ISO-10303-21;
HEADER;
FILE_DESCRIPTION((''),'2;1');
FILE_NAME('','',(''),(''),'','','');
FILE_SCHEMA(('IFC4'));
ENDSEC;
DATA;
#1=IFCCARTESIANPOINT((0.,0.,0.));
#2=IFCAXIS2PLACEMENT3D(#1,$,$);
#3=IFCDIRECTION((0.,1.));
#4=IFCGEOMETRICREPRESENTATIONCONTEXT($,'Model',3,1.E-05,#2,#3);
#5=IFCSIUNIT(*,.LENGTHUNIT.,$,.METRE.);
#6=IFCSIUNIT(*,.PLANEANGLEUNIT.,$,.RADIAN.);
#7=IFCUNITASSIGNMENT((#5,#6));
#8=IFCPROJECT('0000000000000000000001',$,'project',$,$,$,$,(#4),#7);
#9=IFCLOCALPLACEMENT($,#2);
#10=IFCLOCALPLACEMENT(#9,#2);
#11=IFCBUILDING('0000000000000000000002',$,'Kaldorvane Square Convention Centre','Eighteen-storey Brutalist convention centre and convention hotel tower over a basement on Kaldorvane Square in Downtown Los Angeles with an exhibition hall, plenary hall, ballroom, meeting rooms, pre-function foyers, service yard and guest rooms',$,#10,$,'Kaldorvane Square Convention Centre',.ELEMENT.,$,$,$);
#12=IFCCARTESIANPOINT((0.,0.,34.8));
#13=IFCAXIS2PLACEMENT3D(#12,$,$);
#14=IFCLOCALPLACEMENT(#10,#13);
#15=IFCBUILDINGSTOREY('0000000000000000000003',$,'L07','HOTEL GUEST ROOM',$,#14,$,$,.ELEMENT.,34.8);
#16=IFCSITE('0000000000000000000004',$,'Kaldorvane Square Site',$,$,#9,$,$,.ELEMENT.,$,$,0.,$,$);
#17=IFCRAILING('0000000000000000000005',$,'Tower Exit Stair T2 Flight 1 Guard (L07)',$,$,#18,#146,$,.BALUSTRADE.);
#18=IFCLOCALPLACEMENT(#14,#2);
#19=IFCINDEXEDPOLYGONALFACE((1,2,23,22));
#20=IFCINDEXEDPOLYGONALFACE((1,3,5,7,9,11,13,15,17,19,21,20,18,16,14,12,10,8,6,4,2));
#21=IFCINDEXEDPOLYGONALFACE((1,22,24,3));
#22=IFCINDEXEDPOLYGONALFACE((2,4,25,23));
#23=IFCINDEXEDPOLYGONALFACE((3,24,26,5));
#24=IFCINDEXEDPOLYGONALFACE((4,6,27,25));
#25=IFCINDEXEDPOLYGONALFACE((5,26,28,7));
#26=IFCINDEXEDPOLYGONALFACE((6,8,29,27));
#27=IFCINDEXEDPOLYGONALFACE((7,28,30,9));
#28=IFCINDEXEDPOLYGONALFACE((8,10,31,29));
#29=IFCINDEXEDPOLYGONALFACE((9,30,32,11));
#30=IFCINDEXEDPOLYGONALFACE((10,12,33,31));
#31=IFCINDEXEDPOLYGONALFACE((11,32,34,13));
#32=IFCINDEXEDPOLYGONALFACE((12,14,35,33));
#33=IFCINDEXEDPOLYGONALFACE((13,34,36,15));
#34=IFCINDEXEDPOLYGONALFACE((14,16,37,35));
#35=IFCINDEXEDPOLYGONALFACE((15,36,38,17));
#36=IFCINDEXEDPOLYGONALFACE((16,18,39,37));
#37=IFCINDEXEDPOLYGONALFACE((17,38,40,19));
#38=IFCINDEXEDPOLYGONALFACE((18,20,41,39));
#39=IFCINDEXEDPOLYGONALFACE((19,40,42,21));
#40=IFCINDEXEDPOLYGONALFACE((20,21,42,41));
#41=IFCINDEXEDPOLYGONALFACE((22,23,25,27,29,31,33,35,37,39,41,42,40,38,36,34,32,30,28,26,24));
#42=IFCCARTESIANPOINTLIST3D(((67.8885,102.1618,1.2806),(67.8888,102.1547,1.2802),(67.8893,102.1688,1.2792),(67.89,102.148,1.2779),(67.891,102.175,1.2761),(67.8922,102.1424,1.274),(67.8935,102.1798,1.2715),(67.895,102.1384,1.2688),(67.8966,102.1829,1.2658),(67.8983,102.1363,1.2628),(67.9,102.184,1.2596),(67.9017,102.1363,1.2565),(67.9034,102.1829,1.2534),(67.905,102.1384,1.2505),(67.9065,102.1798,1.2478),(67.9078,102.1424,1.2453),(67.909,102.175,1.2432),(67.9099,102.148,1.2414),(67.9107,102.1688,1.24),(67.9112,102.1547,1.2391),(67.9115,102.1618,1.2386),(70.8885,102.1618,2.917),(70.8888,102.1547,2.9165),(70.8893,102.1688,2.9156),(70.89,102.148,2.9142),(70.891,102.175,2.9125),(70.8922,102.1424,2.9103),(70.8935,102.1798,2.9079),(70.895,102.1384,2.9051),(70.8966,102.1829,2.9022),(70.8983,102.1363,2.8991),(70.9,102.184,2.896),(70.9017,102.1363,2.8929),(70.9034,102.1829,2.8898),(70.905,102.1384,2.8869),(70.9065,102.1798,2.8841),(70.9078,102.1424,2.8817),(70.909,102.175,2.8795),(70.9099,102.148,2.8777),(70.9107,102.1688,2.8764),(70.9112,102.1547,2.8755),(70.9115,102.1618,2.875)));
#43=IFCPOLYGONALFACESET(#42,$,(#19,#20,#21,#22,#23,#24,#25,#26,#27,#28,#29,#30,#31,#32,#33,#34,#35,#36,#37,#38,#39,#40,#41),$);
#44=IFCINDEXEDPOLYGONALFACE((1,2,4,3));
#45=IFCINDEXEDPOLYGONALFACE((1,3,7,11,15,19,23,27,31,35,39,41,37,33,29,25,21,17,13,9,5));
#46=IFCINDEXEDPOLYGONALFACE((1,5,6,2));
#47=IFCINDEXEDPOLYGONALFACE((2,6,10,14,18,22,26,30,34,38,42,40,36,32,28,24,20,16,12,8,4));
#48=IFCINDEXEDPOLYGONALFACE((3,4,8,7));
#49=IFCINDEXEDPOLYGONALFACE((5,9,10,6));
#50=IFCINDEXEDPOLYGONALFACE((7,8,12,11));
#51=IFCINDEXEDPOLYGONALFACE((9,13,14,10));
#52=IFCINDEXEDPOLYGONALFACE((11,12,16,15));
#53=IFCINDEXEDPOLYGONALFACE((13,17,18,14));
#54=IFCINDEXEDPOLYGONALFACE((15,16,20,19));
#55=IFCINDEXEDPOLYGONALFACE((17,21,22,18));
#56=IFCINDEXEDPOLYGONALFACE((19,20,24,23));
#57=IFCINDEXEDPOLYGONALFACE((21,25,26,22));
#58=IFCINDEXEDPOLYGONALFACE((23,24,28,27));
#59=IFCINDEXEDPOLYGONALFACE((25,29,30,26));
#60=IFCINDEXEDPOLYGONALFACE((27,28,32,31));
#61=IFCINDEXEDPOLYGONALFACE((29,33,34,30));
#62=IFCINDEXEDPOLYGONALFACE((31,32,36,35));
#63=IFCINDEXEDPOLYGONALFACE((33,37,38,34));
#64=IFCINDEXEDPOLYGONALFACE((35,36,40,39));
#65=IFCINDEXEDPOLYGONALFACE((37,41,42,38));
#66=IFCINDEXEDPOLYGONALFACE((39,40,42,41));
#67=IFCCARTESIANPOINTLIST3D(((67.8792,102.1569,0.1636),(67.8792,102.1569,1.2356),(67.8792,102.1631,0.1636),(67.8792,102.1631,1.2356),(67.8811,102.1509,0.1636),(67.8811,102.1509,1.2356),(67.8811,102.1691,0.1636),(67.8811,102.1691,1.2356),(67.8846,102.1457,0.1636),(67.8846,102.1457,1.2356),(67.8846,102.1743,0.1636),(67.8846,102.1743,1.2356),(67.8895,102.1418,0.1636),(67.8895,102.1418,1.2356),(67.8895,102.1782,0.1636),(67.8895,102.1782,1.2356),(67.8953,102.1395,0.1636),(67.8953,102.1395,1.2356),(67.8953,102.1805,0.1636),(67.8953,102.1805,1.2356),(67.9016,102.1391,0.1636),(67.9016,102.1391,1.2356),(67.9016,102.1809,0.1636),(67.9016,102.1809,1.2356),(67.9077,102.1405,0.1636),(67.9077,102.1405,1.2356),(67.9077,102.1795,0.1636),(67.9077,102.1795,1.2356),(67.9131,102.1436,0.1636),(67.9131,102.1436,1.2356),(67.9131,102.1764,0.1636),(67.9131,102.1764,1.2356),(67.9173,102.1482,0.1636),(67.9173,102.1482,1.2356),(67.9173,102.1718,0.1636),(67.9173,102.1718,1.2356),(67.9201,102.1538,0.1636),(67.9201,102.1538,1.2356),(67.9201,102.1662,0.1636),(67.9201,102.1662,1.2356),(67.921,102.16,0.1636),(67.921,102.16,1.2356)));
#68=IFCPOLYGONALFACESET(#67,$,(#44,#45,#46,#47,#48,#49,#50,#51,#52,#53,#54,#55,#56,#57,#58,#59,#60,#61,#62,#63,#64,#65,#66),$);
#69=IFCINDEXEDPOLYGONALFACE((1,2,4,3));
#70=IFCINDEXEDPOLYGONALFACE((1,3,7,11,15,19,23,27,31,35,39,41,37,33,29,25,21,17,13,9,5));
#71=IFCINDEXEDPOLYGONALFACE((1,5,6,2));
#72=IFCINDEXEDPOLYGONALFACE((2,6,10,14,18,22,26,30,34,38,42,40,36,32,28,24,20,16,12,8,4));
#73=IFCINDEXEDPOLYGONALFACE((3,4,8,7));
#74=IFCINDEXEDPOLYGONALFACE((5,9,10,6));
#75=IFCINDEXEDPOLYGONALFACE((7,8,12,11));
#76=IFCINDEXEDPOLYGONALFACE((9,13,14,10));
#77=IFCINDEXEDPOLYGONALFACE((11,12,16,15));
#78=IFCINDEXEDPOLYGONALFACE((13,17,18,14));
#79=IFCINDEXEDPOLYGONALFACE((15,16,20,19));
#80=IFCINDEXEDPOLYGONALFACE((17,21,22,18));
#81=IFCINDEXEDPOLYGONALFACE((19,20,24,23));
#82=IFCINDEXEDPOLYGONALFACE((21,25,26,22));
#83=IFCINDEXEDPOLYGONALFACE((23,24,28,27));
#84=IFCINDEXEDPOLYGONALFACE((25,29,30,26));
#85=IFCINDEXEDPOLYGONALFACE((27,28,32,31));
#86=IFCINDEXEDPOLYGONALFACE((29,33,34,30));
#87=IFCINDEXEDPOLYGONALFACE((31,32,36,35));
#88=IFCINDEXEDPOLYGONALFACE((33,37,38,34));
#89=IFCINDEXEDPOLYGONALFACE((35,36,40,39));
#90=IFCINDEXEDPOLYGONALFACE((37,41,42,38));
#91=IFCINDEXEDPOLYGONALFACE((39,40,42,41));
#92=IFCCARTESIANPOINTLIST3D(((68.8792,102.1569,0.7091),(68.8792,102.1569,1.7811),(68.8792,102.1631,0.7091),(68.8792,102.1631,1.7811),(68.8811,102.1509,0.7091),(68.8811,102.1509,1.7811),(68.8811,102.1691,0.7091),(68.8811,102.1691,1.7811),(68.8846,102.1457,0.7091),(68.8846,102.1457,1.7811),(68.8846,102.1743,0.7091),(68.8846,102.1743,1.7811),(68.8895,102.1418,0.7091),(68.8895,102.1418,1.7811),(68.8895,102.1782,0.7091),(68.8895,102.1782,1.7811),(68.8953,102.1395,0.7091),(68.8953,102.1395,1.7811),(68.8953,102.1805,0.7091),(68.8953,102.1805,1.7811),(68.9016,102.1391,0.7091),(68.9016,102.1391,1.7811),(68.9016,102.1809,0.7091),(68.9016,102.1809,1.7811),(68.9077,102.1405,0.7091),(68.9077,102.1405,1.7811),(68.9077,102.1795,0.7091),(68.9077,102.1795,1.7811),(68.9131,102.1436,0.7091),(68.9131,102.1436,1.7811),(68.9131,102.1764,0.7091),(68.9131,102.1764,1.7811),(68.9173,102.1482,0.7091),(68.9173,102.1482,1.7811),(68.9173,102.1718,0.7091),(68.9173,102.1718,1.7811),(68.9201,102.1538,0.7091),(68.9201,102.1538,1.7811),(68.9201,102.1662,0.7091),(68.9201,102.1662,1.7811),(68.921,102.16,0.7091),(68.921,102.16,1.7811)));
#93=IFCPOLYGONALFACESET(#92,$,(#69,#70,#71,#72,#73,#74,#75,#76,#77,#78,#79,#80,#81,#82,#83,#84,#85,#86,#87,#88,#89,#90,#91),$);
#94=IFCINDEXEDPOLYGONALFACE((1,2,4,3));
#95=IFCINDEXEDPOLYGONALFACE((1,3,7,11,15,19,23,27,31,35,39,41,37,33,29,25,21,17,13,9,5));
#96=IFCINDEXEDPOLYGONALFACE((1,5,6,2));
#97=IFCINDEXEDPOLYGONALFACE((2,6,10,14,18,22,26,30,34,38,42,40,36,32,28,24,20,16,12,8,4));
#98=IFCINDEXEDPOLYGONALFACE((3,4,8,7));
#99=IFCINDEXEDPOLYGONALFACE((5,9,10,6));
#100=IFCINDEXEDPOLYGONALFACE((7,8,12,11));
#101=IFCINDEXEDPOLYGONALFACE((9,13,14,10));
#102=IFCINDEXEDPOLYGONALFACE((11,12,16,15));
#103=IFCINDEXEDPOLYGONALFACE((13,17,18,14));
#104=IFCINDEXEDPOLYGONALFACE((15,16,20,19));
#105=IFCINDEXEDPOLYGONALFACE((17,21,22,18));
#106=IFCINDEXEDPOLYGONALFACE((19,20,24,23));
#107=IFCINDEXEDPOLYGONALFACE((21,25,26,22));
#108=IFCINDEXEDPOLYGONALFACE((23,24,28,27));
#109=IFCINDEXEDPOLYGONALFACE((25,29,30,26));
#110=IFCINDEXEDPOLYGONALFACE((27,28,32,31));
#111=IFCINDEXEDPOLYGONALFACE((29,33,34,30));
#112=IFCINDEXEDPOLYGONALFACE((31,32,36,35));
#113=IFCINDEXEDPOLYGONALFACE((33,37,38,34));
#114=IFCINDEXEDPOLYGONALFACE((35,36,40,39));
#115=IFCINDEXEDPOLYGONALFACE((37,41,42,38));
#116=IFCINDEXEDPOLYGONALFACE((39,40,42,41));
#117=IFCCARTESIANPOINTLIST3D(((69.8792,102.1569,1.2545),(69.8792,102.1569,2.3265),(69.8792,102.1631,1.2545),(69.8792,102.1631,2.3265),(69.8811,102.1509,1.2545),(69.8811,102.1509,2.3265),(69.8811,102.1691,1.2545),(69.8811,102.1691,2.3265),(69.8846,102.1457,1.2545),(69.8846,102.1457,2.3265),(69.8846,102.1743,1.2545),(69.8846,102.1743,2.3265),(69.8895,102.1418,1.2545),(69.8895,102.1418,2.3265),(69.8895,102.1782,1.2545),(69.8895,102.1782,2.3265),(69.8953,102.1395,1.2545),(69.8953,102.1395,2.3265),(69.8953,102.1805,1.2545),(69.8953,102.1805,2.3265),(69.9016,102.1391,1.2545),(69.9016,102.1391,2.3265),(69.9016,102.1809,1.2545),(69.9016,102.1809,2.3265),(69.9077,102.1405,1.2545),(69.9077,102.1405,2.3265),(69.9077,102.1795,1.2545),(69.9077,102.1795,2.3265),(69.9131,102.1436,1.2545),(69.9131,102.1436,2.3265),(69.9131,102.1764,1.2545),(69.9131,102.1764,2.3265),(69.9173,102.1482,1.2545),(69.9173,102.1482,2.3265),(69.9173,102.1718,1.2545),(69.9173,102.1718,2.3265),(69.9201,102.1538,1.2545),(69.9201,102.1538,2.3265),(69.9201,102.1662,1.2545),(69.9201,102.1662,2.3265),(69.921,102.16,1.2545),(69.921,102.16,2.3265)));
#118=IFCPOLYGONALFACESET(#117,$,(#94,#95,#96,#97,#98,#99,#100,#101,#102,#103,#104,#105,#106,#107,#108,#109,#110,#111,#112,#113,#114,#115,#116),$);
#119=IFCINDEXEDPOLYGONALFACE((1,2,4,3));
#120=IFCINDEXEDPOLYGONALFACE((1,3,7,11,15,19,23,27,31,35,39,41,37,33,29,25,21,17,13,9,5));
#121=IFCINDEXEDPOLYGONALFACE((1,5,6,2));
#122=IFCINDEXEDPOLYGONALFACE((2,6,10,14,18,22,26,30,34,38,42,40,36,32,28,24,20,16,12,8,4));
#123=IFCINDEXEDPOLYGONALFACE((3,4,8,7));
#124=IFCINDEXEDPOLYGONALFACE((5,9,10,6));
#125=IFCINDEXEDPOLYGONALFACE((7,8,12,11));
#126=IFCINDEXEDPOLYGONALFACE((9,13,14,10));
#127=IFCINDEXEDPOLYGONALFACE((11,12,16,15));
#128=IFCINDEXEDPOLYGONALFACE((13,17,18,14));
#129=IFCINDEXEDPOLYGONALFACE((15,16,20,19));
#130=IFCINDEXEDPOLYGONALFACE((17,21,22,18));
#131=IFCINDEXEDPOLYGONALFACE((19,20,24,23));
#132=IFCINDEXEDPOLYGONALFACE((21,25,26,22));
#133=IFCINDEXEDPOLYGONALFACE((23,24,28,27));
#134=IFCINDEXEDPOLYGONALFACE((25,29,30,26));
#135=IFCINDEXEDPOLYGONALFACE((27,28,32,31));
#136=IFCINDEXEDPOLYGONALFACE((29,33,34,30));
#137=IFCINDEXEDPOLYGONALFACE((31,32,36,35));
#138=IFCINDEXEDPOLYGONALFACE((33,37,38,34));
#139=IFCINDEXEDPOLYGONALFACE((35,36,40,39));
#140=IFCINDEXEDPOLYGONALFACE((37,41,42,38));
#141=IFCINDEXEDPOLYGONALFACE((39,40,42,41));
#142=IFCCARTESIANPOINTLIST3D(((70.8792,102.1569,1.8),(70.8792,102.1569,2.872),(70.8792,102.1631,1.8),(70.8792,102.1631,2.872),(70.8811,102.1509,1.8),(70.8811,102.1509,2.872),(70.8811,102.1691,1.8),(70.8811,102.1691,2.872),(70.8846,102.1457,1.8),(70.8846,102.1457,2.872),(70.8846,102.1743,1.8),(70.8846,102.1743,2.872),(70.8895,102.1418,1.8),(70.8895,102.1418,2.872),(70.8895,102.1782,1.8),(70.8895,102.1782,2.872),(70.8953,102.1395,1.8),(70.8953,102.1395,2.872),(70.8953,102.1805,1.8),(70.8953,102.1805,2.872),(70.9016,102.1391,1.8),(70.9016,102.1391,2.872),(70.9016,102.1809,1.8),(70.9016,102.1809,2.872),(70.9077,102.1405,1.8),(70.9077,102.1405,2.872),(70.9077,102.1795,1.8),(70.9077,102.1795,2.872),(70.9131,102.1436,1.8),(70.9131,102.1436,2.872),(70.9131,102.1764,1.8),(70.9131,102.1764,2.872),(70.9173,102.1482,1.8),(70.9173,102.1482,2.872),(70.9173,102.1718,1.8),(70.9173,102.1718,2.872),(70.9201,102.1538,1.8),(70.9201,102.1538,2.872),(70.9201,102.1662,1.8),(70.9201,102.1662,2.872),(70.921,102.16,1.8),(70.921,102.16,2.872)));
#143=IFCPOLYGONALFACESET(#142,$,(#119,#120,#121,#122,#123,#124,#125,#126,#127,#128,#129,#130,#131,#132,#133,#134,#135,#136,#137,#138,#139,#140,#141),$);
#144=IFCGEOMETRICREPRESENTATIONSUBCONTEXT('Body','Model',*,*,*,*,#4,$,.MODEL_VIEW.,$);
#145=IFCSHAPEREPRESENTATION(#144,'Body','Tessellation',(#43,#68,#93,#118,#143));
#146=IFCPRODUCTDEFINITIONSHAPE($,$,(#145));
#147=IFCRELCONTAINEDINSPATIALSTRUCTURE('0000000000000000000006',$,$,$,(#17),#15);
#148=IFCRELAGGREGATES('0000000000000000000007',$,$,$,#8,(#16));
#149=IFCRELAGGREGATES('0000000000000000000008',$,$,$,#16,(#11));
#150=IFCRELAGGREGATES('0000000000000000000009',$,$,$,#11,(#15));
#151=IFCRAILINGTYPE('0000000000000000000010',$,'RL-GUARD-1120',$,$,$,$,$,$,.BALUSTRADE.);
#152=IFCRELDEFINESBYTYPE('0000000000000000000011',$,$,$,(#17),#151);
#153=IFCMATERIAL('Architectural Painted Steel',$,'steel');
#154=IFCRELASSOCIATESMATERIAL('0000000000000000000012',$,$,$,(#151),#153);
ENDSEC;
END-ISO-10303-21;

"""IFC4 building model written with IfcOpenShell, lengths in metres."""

from ifc_helpers import new_model, si_unit, direction, frame, origin, origin_2d, place, context, subcontext, project, spatial, circle, extrude, material, type_object, element, save


model = new_model("IFC4")

# Units and contexts
model_context = context("Model", 3, precision=1e-05, world=origin(), true_north=direction((0.0, 1.0)))
body_context = subcontext(model_context, "Body", "Model", "MODEL_VIEW")
ifc_project = project(units=[si_unit("LENGTHUNIT", "METRE"), si_unit("PLANEANGLEUNIT", "RADIAN")], contexts=[model_context])

# Site, building, storey
site_placement = place(None, origin())
site = spatial("IfcSite", under=ifc_project, at=site_placement, Name="Kaldorvane Square Site", CompositionType="ELEMENT", RefElevation=0.0)
building_placement = place(site_placement, origin())
building = spatial("IfcBuilding", under=site, at=building_placement, Name="Kaldorvane Square Convention Centre", Description="Eighteen-storey Brutalist convention centre and convention hotel tower over a basement on Kaldorvane Square in Downtown Los Angeles with an exhibition hall, plenary hall, ballroom, meeting rooms, pre-function foyers, service yard and guest rooms", LongName="Kaldorvane Square Convention Centre", CompositionType="ELEMENT")
storey_placement = place(building_placement, frame((0.0, 0.0, 34.8)))
storey = spatial("IfcBuildingStorey", under=building, at=storey_placement, Name="L07", Description="HOTEL GUEST ROOM", CompositionType="ELEMENT", Elevation=34.8)

# Railing
ifc_material_1 = material(Name="Architectural Painted Steel", Category="steel")
railing_type_1 = type_object("IfcRailingType", Name="RL-GUARD-1120", PredefinedType="BALUSTRADE", material=ifc_material_1)
railing_1_placement = place(storey_placement, frame((67.9, 102.16, 0.1636)))
element("IfcRailing", 1, at=railing_1_placement, inside=storey, type_object=railing_type_1, Name="Tower Exit Stair T2 Flight 1 Guard (L07)", PredefinedType="BALUSTRADE", context=body_context, shape_type="SweptSolid", body=[
    extrude(circle(Radius=0.024, at=origin_2d()), frame((0.0, 0.0, 1.096), z_axis=(0.877895, 0.0, 0.478853), x_axis=(0.0, 1.0, 0.0)), (0.0, 0.0, 1.0), 3.4173),
    extrude(circle(Radius=0.021, at=origin_2d()), origin(), (0.0, 0.0, 1.0), 1.072),
    extrude(circle(Radius=0.021, at=origin_2d()), frame((1.0, 0.0, 0.5455)), (0.0, 0.0, 1.0), 1.072),
    extrude(circle(Radius=0.021, at=origin_2d()), frame((2.0, 0.0, 1.0909)), (0.0, 0.0, 1.0), 1.072),
    extrude(circle(Radius=0.021, at=origin_2d()), frame((3.0, 0.0, 1.6364)), (0.0, 0.0, 1.0), 1.072),
])

save(model, "model.ifc")
